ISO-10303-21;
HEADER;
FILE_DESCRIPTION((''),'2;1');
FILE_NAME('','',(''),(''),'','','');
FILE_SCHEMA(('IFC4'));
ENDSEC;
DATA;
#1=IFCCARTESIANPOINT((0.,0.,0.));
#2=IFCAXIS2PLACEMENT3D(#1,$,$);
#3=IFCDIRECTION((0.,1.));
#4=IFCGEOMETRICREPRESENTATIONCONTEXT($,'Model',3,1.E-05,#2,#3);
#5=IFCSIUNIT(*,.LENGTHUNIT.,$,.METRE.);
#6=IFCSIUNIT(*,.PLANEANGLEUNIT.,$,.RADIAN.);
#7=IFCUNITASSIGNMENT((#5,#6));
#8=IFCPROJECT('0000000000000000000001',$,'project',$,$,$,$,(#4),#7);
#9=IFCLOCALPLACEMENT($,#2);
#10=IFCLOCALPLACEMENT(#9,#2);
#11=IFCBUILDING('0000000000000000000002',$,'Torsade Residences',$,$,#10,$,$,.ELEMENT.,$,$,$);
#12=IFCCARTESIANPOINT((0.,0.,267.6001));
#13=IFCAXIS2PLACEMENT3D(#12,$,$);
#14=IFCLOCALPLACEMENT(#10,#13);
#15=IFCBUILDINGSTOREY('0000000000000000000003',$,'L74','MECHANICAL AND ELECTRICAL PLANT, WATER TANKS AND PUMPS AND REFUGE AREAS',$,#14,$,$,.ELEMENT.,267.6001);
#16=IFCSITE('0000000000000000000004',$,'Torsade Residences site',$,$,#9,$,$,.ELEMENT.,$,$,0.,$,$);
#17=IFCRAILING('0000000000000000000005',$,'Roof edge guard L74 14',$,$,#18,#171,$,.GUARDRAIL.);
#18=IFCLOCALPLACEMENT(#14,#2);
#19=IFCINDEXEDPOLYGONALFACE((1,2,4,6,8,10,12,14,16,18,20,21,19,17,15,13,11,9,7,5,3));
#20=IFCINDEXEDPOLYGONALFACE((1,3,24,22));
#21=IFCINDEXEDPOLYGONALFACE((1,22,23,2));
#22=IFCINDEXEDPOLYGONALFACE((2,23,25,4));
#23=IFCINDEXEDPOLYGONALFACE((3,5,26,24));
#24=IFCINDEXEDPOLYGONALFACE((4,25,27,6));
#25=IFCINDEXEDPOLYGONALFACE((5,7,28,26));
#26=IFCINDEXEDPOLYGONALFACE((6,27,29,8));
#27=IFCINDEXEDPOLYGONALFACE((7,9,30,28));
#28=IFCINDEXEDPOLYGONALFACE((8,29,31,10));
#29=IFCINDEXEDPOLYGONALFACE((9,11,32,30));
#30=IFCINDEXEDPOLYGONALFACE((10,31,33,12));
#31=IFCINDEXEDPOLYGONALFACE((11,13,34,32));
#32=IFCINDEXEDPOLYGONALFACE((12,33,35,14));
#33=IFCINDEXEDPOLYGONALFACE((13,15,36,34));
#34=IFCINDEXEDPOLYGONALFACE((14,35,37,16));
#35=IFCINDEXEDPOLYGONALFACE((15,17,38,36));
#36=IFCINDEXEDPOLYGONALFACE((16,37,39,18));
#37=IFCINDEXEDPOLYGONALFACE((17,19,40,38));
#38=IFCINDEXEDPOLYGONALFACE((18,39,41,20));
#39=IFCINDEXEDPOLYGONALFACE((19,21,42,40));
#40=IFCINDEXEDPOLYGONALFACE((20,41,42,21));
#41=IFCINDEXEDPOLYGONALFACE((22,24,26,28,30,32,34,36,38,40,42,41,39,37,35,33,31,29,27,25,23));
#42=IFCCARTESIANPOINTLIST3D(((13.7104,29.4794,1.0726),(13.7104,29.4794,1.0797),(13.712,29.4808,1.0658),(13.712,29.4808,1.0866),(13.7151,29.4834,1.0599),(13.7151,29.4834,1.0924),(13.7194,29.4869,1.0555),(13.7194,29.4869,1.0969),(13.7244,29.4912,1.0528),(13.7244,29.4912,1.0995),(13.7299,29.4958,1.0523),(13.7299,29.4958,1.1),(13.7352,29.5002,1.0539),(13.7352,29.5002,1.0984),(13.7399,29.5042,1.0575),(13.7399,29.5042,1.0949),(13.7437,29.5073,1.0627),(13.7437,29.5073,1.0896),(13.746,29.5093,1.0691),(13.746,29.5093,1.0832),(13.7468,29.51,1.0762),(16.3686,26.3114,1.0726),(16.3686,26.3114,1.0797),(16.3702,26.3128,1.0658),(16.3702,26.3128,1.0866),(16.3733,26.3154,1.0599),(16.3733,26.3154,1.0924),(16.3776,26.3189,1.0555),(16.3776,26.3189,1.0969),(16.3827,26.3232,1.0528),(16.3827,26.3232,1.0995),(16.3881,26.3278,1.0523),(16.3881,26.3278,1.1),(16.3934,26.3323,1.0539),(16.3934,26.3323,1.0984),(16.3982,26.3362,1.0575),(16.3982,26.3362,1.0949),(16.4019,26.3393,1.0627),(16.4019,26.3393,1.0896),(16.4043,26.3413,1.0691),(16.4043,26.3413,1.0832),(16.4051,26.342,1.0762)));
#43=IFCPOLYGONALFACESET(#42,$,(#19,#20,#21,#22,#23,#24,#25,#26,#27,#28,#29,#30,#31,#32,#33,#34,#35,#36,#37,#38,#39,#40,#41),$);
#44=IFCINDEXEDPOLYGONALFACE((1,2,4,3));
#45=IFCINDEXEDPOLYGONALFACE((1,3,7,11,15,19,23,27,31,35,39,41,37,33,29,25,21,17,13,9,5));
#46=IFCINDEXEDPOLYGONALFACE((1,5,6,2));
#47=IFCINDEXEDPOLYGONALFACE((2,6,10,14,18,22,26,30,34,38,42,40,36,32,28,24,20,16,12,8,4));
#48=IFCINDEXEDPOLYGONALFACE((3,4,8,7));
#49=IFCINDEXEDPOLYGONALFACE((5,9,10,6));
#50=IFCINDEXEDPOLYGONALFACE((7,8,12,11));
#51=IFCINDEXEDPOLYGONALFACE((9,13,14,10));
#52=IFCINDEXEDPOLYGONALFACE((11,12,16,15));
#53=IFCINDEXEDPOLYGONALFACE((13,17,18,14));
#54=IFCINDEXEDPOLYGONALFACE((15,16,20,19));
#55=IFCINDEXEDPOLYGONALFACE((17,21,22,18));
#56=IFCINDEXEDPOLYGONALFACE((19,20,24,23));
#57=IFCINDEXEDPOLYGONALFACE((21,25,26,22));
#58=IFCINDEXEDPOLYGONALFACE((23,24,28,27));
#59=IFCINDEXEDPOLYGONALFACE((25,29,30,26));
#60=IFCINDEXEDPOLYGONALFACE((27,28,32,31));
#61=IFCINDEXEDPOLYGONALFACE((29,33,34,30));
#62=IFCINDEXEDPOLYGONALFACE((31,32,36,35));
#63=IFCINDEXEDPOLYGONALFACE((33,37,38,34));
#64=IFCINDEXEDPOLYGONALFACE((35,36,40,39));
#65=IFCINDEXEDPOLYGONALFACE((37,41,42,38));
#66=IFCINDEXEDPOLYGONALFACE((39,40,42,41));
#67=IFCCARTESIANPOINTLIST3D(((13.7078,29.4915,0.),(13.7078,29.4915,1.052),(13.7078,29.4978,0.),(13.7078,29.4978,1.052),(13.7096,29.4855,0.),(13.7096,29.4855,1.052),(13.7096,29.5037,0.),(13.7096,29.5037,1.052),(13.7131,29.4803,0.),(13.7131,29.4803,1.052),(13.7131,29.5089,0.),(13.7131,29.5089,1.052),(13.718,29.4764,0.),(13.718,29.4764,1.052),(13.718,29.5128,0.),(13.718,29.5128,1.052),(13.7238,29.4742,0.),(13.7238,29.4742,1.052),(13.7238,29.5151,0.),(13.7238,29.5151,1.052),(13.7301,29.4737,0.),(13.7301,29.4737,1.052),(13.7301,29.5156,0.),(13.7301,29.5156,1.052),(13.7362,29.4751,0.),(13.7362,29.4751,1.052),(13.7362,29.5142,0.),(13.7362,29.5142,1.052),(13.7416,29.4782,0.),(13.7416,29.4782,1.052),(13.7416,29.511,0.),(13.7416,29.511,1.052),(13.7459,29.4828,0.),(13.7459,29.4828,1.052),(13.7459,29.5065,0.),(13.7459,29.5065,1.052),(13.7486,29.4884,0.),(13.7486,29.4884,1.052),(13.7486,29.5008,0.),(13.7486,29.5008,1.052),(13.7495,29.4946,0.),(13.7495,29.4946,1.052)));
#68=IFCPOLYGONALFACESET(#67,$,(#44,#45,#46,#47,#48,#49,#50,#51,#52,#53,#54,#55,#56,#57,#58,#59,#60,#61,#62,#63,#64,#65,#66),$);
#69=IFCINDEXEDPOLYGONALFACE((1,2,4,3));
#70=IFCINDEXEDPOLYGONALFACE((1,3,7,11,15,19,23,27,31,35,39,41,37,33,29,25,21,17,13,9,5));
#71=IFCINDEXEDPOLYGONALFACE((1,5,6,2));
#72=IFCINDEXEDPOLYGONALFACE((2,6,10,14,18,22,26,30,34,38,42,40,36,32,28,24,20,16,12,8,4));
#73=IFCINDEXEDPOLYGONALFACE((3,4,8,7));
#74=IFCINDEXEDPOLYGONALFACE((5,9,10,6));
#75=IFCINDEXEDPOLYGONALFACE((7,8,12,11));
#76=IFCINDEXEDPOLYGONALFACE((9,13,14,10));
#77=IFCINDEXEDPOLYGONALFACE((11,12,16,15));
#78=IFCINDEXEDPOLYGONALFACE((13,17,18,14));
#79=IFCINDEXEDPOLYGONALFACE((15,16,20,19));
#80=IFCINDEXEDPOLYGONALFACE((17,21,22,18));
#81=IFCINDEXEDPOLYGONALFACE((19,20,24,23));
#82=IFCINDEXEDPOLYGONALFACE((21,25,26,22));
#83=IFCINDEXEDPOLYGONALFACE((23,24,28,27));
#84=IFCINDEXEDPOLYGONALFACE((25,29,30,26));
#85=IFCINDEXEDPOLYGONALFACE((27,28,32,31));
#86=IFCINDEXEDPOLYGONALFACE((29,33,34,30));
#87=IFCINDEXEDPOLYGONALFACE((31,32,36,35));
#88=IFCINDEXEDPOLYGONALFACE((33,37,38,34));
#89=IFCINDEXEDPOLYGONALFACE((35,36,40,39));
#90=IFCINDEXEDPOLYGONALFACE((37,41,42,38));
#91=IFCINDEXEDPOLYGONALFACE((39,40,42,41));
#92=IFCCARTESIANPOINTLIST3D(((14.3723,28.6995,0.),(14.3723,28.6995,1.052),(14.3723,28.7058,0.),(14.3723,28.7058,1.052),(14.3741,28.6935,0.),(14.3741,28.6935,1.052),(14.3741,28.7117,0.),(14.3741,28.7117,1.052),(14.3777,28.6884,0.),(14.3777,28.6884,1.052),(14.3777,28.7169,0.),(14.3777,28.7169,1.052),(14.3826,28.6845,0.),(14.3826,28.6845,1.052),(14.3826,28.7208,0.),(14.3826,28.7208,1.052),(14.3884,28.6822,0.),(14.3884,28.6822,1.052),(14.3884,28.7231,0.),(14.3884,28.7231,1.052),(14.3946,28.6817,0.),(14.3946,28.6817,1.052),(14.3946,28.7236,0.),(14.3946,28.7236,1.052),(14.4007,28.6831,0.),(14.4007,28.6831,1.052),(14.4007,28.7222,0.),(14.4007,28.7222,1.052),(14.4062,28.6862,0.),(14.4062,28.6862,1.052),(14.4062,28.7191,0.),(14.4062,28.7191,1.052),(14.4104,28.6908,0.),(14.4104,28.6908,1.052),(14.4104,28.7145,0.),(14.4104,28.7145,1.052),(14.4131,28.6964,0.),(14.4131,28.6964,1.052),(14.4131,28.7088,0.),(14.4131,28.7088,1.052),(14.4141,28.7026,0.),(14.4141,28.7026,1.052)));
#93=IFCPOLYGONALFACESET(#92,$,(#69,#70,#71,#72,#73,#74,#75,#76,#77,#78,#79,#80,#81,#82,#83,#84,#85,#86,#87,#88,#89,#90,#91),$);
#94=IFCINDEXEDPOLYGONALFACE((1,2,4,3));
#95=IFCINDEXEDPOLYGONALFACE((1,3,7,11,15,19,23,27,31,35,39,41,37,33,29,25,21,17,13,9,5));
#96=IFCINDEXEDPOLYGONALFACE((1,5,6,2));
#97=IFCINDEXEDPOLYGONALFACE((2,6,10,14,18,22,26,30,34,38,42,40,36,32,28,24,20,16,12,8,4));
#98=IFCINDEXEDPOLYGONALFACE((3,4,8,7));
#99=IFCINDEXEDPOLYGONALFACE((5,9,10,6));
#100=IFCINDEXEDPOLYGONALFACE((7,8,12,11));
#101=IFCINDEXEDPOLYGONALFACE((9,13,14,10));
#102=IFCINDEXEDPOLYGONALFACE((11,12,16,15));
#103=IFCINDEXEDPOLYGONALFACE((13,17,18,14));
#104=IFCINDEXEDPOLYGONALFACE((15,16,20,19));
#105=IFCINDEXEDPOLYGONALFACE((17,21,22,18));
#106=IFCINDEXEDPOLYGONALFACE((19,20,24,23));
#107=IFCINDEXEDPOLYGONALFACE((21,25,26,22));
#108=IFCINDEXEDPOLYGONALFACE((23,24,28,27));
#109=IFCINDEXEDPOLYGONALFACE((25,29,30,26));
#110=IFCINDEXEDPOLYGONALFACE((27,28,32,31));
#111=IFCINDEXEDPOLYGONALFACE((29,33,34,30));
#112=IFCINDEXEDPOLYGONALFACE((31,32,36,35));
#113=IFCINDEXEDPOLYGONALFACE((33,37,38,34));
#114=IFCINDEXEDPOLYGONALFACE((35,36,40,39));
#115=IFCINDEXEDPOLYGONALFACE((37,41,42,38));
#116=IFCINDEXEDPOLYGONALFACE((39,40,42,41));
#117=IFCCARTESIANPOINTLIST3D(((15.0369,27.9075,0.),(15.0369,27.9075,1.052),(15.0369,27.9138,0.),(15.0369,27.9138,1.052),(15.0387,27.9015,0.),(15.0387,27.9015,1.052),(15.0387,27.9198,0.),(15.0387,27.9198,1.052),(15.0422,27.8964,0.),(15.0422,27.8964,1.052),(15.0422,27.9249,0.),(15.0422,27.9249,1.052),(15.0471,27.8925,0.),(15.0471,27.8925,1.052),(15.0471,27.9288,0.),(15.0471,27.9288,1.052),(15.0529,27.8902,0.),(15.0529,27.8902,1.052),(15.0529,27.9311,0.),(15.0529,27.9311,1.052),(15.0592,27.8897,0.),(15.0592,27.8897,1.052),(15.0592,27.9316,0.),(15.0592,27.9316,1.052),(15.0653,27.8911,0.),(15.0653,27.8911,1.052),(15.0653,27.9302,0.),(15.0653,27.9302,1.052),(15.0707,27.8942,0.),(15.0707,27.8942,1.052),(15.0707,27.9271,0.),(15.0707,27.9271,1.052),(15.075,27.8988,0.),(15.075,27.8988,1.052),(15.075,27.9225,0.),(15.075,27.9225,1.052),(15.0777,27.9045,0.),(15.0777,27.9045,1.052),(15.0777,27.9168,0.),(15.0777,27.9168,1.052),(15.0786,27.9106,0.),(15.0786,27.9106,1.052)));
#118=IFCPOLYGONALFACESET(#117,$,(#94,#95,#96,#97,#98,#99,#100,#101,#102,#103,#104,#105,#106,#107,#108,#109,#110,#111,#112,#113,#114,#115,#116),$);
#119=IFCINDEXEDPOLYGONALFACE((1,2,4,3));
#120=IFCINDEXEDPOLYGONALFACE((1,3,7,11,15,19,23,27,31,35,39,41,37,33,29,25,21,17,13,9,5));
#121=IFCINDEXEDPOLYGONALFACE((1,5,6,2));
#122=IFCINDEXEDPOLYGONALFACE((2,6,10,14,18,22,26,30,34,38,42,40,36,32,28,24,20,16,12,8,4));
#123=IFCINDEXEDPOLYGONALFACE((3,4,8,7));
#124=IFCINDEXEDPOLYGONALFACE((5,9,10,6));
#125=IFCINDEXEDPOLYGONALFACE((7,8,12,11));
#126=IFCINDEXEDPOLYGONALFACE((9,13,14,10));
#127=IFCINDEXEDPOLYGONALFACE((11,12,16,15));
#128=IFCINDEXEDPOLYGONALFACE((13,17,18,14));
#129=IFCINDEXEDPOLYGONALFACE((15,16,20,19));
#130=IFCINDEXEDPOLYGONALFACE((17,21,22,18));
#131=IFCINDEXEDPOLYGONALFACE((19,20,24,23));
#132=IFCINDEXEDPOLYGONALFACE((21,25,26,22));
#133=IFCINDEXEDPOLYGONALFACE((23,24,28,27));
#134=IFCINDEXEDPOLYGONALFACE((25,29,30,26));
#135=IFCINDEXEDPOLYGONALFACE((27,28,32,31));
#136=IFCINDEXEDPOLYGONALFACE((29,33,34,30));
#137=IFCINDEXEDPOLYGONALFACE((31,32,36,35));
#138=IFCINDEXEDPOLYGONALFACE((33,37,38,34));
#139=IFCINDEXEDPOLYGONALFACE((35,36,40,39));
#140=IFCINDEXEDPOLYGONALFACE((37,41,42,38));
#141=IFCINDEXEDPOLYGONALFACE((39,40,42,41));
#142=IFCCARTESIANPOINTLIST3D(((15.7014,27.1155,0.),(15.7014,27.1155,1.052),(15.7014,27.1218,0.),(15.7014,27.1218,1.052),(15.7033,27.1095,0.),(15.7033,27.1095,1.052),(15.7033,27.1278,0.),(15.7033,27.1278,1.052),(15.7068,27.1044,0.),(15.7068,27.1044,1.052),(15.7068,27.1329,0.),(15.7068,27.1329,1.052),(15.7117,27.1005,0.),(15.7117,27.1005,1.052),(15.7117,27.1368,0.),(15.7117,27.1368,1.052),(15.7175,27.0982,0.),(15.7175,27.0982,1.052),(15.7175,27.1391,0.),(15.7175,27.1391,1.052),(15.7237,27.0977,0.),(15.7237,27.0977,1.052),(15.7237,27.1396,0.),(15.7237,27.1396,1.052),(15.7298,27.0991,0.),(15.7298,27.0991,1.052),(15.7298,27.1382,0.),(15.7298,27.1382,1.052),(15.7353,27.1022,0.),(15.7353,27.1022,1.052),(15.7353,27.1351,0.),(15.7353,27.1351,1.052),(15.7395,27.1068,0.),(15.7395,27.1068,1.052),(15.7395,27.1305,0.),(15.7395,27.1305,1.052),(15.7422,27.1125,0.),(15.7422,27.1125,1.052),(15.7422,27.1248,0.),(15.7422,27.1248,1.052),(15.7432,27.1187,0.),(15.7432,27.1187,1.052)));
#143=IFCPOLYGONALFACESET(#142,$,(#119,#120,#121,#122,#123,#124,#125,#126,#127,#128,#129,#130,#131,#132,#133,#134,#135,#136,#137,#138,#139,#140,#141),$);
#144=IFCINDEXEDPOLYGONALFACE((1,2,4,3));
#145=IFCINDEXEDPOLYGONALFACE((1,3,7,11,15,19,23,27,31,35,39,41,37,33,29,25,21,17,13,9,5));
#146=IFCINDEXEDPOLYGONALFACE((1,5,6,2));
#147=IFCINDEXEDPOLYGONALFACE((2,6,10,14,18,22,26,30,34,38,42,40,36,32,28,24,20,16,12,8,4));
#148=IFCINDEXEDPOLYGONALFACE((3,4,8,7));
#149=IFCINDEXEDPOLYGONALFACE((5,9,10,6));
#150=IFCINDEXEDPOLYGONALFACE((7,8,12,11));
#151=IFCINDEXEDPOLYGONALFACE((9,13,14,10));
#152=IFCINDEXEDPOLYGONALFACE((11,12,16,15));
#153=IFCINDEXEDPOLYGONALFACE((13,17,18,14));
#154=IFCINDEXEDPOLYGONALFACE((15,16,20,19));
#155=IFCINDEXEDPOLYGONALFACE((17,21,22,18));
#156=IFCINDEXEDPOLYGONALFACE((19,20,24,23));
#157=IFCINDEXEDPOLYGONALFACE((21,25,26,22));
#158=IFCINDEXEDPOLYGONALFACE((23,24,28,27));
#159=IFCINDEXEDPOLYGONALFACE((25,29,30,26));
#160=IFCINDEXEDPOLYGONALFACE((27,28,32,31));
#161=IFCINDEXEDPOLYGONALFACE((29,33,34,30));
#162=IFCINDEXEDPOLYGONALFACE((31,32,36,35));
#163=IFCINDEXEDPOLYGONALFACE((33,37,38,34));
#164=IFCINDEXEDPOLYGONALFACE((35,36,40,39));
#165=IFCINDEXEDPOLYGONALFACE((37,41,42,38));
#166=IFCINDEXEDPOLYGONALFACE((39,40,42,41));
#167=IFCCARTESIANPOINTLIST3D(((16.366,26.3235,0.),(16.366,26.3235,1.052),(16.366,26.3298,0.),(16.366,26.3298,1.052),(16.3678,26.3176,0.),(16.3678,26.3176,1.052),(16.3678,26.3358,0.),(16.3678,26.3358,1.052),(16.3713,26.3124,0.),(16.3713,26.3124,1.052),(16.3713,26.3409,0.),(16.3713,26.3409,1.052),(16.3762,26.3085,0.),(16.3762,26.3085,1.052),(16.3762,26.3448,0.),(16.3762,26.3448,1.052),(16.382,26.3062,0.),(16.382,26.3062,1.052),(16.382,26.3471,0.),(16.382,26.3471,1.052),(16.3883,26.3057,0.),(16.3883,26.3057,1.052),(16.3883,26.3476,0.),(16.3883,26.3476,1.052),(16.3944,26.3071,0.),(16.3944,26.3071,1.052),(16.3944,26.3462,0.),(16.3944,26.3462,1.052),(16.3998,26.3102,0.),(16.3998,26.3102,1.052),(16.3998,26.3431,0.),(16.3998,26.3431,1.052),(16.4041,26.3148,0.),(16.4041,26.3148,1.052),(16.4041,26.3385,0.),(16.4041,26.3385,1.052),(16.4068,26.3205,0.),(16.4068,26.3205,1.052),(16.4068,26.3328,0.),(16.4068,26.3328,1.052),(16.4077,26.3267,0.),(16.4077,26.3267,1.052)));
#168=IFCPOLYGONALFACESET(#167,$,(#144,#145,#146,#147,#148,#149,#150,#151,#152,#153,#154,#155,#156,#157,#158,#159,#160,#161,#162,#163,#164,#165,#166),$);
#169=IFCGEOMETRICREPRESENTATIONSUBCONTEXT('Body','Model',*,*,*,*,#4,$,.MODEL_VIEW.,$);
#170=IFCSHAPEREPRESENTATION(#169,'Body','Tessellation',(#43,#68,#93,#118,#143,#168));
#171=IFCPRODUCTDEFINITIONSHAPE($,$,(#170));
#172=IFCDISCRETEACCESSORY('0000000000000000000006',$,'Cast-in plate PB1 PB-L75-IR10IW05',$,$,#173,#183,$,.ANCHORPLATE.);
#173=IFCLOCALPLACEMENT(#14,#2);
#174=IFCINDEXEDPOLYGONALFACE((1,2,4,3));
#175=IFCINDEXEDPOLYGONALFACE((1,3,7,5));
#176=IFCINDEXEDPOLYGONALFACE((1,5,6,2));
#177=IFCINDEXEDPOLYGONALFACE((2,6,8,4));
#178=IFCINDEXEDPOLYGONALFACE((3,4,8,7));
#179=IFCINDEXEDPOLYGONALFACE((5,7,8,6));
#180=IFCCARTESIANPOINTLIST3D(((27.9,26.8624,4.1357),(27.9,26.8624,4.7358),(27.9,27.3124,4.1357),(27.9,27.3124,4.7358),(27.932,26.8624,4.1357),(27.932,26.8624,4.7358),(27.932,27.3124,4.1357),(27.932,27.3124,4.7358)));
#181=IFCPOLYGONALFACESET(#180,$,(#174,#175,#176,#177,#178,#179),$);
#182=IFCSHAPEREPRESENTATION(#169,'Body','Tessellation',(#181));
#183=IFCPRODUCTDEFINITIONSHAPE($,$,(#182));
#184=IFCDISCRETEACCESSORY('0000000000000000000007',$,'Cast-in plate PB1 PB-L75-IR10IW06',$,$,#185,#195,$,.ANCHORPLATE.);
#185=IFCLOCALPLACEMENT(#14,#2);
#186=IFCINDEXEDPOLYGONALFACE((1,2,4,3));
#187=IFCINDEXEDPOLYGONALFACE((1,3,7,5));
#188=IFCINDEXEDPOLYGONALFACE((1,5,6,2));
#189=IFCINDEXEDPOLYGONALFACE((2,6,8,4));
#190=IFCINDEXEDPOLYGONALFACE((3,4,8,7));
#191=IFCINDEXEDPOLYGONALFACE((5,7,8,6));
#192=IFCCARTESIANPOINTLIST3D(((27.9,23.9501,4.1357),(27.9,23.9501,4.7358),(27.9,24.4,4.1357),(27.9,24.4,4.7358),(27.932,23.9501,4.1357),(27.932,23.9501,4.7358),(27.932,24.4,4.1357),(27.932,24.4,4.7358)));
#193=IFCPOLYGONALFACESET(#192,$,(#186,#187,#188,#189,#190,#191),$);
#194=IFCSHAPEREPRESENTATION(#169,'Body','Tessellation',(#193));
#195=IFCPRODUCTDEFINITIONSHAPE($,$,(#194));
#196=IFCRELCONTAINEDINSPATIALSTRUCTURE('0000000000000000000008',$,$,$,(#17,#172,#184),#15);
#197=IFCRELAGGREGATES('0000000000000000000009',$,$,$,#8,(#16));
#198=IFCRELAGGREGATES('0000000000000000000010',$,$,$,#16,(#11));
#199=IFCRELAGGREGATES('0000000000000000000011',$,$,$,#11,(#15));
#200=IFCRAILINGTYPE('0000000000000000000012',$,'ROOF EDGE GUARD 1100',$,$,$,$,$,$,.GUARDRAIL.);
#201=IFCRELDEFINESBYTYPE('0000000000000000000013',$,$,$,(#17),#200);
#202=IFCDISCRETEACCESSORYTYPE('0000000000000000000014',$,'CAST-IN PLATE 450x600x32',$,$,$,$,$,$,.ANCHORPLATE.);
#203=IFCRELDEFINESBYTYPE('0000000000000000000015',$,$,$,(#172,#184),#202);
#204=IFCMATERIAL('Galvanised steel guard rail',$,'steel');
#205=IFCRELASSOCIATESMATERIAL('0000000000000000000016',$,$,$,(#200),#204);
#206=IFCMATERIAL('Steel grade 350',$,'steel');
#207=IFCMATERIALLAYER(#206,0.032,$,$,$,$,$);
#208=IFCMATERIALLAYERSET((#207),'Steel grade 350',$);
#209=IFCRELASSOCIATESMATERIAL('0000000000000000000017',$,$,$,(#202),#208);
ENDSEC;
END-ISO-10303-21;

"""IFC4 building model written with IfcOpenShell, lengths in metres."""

from ifc_helpers import new_model, si_unit, direction, frame, origin, origin_2d, place, context, subcontext, project, spatial, rectangle, circle, extrude, material, layer, layer_set, type_object, element, save


model = new_model("IFC4")

# Units and contexts
model_context = context("Model", 3, precision=1e-05, world=origin(), true_north=direction((0.0, 1.0)))
body_context = subcontext(model_context, "Body", "Model", "MODEL_VIEW")
ifc_project = project(units=[si_unit("LENGTHUNIT", "METRE"), si_unit("PLANEANGLEUNIT", "RADIAN")], contexts=[model_context])

# Site, building, storey
site_placement = place(None, origin())
site = spatial("IfcSite", under=ifc_project, at=site_placement, Name="Torsade Residences site", CompositionType="ELEMENT", RefElevation=0.0)
building_placement = place(site_placement, origin())
building = spatial("IfcBuilding", under=site, at=building_placement, Name="Torsade Residences", CompositionType="ELEMENT")
storey_placement = place(building_placement, frame((0.0, 0.0, 267.6001)))
storey = spatial("IfcBuildingStorey", under=building, at=storey_placement, Name="L74", Description="MECHANICAL AND ELECTRICAL PLANT, WATER TANKS AND PUMPS AND REFUGE AREAS", CompositionType="ELEMENT", Elevation=267.6001)

# Railing
ifc_material_1 = material(Name="Galvanised steel guard rail", Category="steel")
railing_type = type_object("IfcRailingType", Name="ROOF EDGE GUARD 1100", PredefinedType="GUARDRAIL", material=ifc_material_1)
railing_1_placement = place(storey_placement, frame((13.7285, 29.4946, 0.0)))
element("IfcRailing", 1, at=railing_1_placement, inside=storey, type_object=railing_type, Name="Roof edge guard L74 14", PredefinedType="GUARDRAIL", context=body_context, shape_type="SweptSolid", body=[
    extrude(circle(Radius=0.0239, at=origin_2d()), frame((0.0, 0.0, 1.0762), z_axis=(0.642782, -0.766049, 0.0), x_axis=(0.766049, 0.642782, 0.0)), (0.0, 0.0, 1.0), 4.1355),
    extrude(circle(Radius=0.021, at=origin_2d()), origin(), (0.0, 0.0, 1.0), 1.052),
    extrude(circle(Radius=0.021, at=origin_2d()), frame((0.6646, -0.792, 0.0)), (0.0, 0.0, 1.0), 1.052),
    extrude(circle(Radius=0.021, at=origin_2d()), frame((1.3291, -1.584, 0.0)), (0.0, 0.0, 1.0), 1.052),
    extrude(circle(Radius=0.021, at=origin_2d()), frame((1.9937, -2.376, 0.0)), (0.0, 0.0, 1.0), 1.052),
    extrude(circle(Radius=0.021, at=origin_2d()), frame((2.6582, -3.168, 0.0)), (0.0, 0.0, 1.0), 1.052),
])

# Discrete accessories
ifc_material_2 = material(Name="Steel grade 350", Category="steel")
ifc_layer_1 = layer(ifc_material_2, 0.032)
ifc_layer_set_1 = layer_set([ifc_layer_1], Name="Steel grade 350")
discrete_accessory_type = type_object("IfcDiscreteAccessoryType", Name="CAST-IN PLATE 450x600x32", PredefinedType="ANCHORPLATE", material=ifc_layer_set_1)
for number, where, z_axis, x_axis, name in (
    (2, (27.916, 27.0874, 4.1357), (0.0, 0.0, 1.0), (1.0, 0.0, 0.0), "Cast-in plate PB1 PB-L75-IR10IW05"),
    (3, (27.916, 24.175, 4.1357), (0.0, 0.0, 1.0), (1.0, 0.0, 0.0), "Cast-in plate PB1 PB-L75-IR10IW06"),
):
    element("IfcDiscreteAccessory", number, at=place(storey_placement, frame(where, z_axis=z_axis, x_axis=x_axis)), inside=storey, type_object=discrete_accessory_type, Name=name, PredefinedType="ANCHORPLATE", context=body_context, shape_type="SweptSolid", body=[
        extrude(rectangle(XDim=0.032, YDim=0.45, at=origin_2d()), origin(), (0.0, 0.0, 1.0), 0.6001),
    ])

save(model, "model.ifc")
